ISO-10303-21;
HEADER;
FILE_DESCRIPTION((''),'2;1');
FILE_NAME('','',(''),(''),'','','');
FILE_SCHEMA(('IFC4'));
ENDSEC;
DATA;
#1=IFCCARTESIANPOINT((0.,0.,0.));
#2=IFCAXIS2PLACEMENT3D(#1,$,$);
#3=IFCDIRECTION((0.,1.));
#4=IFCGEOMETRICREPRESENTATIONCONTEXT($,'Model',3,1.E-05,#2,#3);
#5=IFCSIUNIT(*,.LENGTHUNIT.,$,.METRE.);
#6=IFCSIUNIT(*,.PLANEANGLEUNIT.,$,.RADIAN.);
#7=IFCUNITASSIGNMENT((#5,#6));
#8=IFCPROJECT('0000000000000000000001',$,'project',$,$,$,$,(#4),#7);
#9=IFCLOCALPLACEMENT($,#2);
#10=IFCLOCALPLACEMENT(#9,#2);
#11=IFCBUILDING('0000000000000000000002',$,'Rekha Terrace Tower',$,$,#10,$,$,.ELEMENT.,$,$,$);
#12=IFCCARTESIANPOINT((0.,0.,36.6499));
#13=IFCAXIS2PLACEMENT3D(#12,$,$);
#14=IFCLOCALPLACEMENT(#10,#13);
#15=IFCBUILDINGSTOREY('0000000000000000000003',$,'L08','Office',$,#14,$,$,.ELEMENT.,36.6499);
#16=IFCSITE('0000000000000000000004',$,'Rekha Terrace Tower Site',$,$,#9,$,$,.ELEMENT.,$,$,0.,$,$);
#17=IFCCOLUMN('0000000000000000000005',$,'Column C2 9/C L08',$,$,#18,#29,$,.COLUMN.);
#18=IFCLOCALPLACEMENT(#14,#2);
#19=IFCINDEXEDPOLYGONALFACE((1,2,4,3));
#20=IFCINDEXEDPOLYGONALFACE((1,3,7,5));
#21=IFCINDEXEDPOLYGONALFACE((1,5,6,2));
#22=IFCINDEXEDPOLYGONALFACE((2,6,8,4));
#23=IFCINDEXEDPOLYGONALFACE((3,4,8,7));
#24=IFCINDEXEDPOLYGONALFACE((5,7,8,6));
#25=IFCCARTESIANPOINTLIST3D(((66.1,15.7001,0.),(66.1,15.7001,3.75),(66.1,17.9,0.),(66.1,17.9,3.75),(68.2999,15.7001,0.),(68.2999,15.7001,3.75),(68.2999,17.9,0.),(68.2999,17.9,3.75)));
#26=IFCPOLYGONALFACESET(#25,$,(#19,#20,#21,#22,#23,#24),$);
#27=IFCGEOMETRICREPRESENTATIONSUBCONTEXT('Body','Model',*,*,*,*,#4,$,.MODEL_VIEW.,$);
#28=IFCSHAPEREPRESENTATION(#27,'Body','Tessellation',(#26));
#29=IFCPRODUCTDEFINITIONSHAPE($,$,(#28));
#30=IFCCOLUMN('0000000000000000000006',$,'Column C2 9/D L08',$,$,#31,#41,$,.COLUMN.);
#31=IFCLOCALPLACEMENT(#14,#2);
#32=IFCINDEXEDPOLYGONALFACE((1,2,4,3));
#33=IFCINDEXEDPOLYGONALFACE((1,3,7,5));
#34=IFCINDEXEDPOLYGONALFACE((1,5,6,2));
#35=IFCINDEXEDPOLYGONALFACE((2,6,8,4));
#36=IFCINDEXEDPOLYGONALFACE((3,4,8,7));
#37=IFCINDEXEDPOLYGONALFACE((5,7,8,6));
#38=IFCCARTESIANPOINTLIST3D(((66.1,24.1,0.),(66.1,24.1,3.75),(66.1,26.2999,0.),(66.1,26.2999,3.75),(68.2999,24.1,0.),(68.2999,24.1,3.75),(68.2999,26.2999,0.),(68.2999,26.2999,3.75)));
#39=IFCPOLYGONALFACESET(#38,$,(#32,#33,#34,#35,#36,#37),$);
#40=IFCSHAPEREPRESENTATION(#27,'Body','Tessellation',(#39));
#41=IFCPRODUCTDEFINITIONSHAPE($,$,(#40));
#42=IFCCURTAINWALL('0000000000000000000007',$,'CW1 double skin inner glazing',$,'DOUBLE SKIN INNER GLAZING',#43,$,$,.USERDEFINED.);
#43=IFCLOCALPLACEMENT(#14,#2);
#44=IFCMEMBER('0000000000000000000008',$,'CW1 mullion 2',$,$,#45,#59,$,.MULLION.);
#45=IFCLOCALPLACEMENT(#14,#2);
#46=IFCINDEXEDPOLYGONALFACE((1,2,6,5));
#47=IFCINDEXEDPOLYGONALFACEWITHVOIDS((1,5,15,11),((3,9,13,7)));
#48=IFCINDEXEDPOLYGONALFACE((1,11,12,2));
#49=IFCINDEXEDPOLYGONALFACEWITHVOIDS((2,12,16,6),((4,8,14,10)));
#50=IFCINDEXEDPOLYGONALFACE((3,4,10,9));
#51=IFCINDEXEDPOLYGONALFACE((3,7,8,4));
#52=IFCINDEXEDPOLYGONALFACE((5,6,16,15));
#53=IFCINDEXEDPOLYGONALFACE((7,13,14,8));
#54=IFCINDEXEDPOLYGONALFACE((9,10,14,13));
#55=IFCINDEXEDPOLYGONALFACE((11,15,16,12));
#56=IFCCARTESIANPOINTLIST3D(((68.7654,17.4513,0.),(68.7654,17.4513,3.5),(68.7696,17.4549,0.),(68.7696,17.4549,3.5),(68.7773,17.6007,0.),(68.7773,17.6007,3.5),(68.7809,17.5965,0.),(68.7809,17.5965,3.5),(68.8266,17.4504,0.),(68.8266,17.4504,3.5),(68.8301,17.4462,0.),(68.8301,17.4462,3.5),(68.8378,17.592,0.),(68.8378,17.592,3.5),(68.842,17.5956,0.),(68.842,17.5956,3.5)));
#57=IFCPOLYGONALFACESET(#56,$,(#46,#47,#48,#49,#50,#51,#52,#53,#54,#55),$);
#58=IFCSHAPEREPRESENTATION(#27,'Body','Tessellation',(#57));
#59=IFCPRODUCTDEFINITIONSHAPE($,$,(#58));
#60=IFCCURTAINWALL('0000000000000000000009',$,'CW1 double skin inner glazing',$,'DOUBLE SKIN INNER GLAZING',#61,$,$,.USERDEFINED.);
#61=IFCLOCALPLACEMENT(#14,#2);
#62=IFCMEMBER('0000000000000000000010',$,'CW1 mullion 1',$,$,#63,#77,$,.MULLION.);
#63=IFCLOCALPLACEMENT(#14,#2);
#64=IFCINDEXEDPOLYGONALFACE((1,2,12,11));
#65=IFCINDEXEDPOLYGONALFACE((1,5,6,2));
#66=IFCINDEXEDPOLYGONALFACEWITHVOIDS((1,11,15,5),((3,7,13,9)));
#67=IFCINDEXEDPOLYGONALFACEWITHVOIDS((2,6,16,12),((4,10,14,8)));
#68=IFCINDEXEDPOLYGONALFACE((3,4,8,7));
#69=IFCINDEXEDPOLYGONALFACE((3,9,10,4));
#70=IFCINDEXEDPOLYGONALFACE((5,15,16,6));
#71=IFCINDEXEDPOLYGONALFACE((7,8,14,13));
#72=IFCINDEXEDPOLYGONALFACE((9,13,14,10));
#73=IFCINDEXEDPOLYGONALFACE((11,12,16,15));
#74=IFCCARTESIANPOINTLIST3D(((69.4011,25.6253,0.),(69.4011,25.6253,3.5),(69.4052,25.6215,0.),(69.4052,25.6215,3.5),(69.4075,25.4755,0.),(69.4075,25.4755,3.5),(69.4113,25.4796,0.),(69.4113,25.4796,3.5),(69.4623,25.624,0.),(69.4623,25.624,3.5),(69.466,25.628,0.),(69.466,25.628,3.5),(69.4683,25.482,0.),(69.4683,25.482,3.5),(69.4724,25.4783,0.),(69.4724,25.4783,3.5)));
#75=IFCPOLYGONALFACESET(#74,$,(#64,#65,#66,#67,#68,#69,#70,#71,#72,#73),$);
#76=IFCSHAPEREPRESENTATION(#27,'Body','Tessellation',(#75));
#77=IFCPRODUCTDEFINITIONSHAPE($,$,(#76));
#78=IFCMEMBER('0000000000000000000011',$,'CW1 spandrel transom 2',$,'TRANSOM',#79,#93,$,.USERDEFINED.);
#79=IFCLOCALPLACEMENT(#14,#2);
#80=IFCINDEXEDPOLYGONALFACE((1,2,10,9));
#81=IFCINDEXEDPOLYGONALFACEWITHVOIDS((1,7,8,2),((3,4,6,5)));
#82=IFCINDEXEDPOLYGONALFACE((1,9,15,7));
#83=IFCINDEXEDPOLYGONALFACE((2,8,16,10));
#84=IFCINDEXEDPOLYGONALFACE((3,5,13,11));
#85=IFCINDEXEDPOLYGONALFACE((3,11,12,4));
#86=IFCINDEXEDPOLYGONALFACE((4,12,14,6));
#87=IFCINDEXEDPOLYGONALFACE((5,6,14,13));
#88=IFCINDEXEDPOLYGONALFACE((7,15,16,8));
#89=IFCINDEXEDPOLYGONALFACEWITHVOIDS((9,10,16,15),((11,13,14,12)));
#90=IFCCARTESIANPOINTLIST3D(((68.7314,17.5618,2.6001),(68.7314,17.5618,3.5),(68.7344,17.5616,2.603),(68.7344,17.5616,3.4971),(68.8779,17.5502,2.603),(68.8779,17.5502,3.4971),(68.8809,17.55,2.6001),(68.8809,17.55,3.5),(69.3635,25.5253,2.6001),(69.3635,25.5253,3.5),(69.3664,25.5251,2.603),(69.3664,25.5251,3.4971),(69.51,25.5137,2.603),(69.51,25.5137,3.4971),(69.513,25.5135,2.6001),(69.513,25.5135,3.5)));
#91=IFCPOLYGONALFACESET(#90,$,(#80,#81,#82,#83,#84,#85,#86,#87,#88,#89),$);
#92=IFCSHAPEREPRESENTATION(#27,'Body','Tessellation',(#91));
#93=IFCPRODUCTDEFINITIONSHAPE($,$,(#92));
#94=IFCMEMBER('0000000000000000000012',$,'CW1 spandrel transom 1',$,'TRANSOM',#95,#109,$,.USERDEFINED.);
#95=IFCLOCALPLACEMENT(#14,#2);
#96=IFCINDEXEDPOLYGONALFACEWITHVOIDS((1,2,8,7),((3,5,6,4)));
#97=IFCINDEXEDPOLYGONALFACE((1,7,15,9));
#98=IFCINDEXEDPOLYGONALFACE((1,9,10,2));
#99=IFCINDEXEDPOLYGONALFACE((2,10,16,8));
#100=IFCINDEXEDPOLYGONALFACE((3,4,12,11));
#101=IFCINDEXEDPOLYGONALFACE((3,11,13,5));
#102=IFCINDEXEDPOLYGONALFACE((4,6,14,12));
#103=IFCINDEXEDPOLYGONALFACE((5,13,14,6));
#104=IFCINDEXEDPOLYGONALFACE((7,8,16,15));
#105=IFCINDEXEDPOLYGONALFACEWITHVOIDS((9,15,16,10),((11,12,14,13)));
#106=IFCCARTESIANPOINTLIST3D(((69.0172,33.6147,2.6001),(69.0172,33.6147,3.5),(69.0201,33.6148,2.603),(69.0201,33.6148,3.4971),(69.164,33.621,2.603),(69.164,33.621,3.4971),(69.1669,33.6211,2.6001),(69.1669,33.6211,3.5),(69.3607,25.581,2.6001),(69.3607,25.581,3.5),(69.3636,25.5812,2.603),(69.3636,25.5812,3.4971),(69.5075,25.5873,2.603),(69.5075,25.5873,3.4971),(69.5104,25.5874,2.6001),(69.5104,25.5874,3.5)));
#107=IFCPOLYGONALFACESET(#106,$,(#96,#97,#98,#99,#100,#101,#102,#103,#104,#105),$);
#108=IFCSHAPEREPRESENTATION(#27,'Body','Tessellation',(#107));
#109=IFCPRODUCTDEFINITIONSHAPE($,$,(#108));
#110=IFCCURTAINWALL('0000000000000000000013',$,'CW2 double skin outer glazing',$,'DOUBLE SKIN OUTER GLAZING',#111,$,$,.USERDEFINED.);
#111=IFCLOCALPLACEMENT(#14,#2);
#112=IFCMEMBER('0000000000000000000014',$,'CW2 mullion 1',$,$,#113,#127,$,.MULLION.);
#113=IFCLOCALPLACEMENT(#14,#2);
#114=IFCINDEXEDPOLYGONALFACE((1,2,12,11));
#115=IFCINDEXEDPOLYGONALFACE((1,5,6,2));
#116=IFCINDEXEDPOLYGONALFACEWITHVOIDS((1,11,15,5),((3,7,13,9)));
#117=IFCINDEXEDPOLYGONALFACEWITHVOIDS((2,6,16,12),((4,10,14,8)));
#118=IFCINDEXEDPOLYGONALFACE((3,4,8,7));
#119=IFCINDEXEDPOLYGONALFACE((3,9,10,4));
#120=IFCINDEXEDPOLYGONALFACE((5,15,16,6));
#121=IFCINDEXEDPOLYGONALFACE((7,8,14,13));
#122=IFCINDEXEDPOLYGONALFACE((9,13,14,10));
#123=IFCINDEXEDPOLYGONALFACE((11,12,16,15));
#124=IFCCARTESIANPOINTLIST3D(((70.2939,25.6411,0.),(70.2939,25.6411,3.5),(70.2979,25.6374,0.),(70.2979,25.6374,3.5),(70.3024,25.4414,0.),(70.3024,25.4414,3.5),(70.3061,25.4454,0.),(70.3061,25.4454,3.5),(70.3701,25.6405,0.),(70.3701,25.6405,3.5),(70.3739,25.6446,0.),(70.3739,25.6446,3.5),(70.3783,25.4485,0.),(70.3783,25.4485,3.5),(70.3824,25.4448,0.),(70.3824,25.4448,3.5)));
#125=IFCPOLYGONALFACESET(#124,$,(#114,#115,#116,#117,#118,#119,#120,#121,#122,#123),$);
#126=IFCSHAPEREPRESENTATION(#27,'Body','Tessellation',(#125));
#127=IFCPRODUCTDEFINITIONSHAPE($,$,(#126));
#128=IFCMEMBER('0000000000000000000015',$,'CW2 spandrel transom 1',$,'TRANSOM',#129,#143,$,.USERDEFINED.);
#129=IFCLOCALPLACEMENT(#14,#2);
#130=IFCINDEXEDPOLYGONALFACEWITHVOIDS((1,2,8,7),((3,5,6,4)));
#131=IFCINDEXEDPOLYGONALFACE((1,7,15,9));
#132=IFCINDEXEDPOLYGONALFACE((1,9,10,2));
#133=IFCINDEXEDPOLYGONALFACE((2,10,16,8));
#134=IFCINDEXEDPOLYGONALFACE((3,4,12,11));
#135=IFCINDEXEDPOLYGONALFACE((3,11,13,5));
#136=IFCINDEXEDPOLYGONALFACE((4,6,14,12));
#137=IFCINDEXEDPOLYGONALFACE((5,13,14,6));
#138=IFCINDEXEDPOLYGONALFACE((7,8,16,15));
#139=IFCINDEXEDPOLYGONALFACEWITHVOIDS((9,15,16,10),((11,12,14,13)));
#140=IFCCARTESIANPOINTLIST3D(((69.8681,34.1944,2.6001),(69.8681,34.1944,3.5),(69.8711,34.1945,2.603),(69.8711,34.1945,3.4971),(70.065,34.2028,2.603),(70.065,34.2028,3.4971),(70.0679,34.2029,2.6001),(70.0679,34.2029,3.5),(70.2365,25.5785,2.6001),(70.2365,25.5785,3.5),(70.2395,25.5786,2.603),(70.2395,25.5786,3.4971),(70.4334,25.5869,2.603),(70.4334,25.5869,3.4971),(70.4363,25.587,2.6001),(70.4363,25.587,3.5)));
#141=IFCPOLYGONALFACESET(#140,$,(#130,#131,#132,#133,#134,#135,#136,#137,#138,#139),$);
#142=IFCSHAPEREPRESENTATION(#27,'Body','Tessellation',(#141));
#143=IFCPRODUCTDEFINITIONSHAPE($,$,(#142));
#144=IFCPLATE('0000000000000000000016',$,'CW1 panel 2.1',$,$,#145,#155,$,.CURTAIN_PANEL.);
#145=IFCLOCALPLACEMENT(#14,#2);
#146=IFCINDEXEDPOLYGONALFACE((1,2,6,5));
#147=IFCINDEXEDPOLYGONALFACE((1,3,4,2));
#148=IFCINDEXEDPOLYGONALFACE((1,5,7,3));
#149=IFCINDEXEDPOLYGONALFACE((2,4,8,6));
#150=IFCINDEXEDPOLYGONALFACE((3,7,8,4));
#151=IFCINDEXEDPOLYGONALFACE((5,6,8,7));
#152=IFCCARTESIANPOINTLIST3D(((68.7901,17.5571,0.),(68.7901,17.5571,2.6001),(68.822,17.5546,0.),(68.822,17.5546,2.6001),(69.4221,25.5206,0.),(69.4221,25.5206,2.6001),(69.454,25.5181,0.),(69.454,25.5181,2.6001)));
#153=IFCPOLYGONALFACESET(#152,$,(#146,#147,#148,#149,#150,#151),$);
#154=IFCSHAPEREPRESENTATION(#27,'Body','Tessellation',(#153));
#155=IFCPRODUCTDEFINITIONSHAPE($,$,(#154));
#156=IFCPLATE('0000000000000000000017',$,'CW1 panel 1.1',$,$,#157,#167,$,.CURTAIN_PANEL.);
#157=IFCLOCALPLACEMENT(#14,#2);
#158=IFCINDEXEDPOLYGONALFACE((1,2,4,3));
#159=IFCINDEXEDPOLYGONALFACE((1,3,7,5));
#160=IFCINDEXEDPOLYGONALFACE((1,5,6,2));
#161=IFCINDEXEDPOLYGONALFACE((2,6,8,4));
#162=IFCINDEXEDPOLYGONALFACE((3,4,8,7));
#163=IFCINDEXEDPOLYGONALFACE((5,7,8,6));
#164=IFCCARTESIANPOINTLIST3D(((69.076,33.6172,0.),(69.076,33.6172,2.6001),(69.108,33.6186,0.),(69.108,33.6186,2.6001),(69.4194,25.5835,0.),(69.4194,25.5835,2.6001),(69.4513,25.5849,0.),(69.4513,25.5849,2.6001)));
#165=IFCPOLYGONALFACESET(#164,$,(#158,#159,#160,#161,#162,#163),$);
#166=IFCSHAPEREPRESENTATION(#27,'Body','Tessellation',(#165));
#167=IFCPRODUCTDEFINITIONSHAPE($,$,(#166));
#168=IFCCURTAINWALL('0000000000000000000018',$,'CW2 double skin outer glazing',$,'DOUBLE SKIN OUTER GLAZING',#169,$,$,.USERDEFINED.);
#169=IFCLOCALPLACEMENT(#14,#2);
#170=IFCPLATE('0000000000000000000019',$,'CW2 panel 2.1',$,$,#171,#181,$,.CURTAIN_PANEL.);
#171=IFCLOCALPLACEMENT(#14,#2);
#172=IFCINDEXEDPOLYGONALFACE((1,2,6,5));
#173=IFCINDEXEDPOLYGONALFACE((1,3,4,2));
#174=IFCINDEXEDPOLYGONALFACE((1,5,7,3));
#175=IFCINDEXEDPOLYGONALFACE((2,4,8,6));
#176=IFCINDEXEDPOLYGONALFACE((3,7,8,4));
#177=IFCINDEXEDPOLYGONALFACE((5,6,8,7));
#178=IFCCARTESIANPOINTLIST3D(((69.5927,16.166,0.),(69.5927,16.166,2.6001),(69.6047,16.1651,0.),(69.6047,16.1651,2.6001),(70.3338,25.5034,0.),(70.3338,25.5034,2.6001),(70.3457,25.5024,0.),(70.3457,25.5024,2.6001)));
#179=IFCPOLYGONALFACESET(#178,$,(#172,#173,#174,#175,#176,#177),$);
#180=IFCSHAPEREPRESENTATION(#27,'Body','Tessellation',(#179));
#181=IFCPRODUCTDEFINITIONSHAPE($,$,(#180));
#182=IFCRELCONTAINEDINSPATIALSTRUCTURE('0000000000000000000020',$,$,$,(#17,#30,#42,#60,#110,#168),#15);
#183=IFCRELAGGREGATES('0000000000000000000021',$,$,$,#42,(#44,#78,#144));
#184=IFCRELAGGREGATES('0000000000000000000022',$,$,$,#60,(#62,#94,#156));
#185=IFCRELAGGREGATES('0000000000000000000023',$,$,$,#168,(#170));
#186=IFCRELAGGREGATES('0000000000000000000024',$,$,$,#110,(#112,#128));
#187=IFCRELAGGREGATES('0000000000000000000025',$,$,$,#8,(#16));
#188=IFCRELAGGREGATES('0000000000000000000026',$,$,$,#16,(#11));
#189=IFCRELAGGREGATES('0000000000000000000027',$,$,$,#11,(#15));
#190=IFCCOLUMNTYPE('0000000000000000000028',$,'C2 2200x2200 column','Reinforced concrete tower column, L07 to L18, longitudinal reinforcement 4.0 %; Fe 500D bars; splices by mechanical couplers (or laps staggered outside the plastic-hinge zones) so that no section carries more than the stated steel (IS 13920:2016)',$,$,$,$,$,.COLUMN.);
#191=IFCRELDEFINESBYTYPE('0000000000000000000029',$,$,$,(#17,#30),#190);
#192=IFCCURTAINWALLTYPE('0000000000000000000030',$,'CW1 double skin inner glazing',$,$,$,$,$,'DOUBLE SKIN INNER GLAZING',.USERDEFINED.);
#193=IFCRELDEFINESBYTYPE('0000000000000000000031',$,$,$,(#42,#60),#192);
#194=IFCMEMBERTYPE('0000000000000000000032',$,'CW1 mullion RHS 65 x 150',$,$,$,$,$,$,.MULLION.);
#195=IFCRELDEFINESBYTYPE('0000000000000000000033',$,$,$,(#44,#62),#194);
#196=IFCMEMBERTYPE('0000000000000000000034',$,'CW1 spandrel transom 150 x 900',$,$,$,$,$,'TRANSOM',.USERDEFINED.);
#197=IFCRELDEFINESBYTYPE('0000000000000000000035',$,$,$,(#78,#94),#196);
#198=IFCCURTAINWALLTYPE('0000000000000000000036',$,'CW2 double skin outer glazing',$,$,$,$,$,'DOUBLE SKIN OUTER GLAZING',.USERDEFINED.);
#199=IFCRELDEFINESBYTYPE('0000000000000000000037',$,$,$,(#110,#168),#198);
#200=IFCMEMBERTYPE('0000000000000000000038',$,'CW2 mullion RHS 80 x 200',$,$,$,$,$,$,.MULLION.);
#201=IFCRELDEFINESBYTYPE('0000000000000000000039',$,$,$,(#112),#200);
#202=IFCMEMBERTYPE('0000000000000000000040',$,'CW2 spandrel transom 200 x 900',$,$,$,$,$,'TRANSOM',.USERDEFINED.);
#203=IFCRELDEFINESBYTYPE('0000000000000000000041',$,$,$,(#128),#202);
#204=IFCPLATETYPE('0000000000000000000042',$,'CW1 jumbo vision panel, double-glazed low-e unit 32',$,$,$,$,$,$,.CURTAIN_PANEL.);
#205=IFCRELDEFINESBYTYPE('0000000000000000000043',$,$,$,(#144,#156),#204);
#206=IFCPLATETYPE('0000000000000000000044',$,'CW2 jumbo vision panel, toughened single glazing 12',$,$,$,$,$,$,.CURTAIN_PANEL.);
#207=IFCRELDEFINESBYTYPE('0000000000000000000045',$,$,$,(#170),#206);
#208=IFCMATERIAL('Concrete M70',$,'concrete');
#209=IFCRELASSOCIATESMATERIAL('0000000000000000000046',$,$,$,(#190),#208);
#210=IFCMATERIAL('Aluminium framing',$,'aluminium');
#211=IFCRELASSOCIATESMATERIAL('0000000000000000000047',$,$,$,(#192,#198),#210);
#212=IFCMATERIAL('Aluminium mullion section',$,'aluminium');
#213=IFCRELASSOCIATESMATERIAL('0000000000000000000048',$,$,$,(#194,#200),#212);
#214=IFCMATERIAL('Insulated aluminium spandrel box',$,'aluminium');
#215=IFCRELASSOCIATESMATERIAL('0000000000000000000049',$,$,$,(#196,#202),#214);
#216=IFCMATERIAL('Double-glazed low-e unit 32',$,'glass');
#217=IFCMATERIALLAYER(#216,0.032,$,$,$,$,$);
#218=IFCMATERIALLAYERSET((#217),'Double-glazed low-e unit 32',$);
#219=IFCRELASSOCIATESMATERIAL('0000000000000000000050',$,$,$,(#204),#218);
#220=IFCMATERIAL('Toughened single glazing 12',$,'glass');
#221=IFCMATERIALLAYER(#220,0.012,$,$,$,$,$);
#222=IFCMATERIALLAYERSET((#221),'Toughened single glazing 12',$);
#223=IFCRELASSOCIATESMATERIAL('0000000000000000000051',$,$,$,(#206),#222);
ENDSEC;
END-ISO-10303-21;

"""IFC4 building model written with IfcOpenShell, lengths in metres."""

from ifc_helpers import new_model, si_unit, direction, frame, origin, origin_2d, place, context, subcontext, project, spatial, rectangle, hollow_rectangle, extrude, material, layer, layer_set, material_profile, profile_set, type_object, element, aggregate, save


model = new_model("IFC4")

# Units and contexts
model_context = context("Model", 3, precision=1e-05, world=origin(), true_north=direction((0.0, 1.0)))
body_context = subcontext(model_context, "Body", "Model", "MODEL_VIEW")
ifc_project = project(units=[si_unit("LENGTHUNIT", "METRE"), si_unit("PLANEANGLEUNIT", "RADIAN")], contexts=[model_context])

# Site, building, storey
site_placement = place(None, origin())
site = spatial("IfcSite", under=ifc_project, at=site_placement, Name="Rekha Terrace Tower Site", CompositionType="ELEMENT", RefElevation=0.0)
building_placement = place(site_placement, origin())
building = spatial("IfcBuilding", under=site, at=building_placement, Name="Rekha Terrace Tower", CompositionType="ELEMENT")
storey_placement = place(building_placement, frame((0.0, 0.0, 36.6499)))
storey = spatial("IfcBuildingStorey", under=building, at=storey_placement, Name="L08", Description="Office", CompositionType="ELEMENT", Elevation=36.6499)

# Columns
ifc_material_1 = material(Name="Concrete M70", Category="concrete")
ifc_material_profile_1 = material_profile(ifc_material_1, rectangle(XDim=2.2, YDim=2.2, at=origin_2d()), Name="RC 2200x2200")
ifc_profile_set_1 = profile_set([ifc_material_profile_1], Name="Concrete M70")
column_type = type_object("IfcColumnType", Name="C2 2200x2200 column", Description="Reinforced concrete tower column, L07 to L18, longitudinal reinforcement 4.0 %; Fe 500D bars; splices by mechanical couplers (or laps staggered outside the plastic-hinge zones) so that no section carries more than the stated steel (IS 13920:2016)", PredefinedType="COLUMN", material=ifc_profile_set_1)
for number, where, z_axis, x_axis, name in (
    (1, (67.2, 16.8, 0.0), (0.0, 0.0, 1.0), (1.0, 0.0, 0.0), "Column C2 9/C L08"),
    (2, (67.2, 25.2, 0.0), (0.0, 0.0, 1.0), (1.0, 0.0, 0.0), "Column C2 9/D L08"),
):
    element("IfcColumn", number, at=place(storey_placement, frame(where, z_axis=z_axis, x_axis=x_axis)), inside=storey, type_object=column_type, Name=name, PredefinedType="COLUMN", context=body_context, shape_type="SweptSolid", body=[
        extrude(rectangle(XDim=2.2, YDim=2.2, at=origin_2d()), origin(), (0.0, 0.0, 1.0), 3.75),
    ])

# Curtain walls, members
ifc_material_2 = material(Name="Aluminium framing", Category="aluminium")
curtain_wall_type_1 = type_object("IfcCurtainWallType", Name="CW1 double skin inner glazing", ElementType="DOUBLE SKIN INNER GLAZING", PredefinedType="USERDEFINED", material=ifc_material_2)
curtain_wall_1_placement = place(storey_placement, origin())
curtain_wall_1 = element("IfcCurtainWall", 3, at=curtain_wall_1_placement, inside=storey, type_object=curtain_wall_type_1, Name="CW1 double skin inner glazing", ObjectType="DOUBLE SKIN INNER GLAZING", PredefinedType="USERDEFINED")
ifc_material_3 = material(Name="Aluminium mullion section", Category="aluminium")
ifc_material_profile_2 = material_profile(ifc_material_3, hollow_rectangle(XDim=0.0649, YDim=0.1499, WallThickness=0.0039, at=origin_2d()), Name="AL RHS 65x150")
ifc_profile_set_2 = profile_set([ifc_material_profile_2], Name="Aluminium mullion section")
member_type_1 = type_object("IfcMemberType", Name="CW1 mullion RHS 65 x 150", PredefinedType="MULLION", material=ifc_profile_set_2)
member_1_placement = place(storey_placement, frame((68.8037, 17.5234, 0.0), z_axis=(0.0, 0.0, 1.0), x_axis=(-0.996865, 0.079116, 0.0)))
member_1 = element("IfcMember", 4, at=member_1_placement, type_object=member_type_1, Name="CW1 mullion 2", PredefinedType="MULLION", context=body_context, shape_type="SweptSolid", body=[
    extrude(hollow_rectangle(XDim=0.0649, YDim=0.1499, WallThickness=0.0039, at=origin_2d()), origin(), (0.0, 0.0, 1.0), 3.5),
])
curtain_wall_2_placement = place(storey_placement, origin())
curtain_wall_2 = element("IfcCurtainWall", 5, at=curtain_wall_2_placement, inside=storey, type_object=curtain_wall_type_1, Name="CW1 double skin inner glazing", ObjectType="DOUBLE SKIN INNER GLAZING", PredefinedType="USERDEFINED")
member_2_placement = place(storey_placement, frame((69.4368, 25.5518, 0.0), z_axis=(0.0, 0.0, 1.0), x_axis=(-0.999088, -0.042696, 0.0)))
member_2 = element("IfcMember", 6, at=member_2_placement, type_object=member_type_1, Name="CW1 mullion 1", PredefinedType="MULLION", context=body_context, shape_type="SweptSolid", body=[
    extrude(hollow_rectangle(XDim=0.0649, YDim=0.1499, WallThickness=0.0039, at=origin_2d()), origin(), (0.0, 0.0, 1.0), 3.5),
])

# Members
ifc_material_4 = material(Name="Insulated aluminium spandrel box", Category="aluminium")
ifc_material_profile_3 = material_profile(ifc_material_4, hollow_rectangle(XDim=0.1499, YDim=0.8999, WallThickness=0.0029, at=origin_2d()), Name="AL SPANDREL BOX 150x900")
ifc_profile_set_3 = profile_set([ifc_material_profile_3], Name="Insulated aluminium spandrel box")
member_type_2 = type_object("IfcMemberType", Name="CW1 spandrel transom 150 x 900", ElementType="TRANSOM", PredefinedType="USERDEFINED", material=ifc_profile_set_3)
member_3_placement = place(storey_placement, frame((68.8062, 17.5559, 3.05), z_axis=(0.079124, 0.996865, 0.0), x_axis=(-0.996865, 0.079124, 0.0)))
member_3 = element("IfcMember", 7, at=member_3_placement, type_object=member_type_2, Name="CW1 spandrel transom 2", ObjectType="TRANSOM", PredefinedType="USERDEFINED", context=body_context, shape_type="SweptSolid", body=[
    extrude(hollow_rectangle(XDim=0.1499, YDim=0.8999, WallThickness=0.0029, at=origin_2d()), origin(), (0.0, 0.0, 1.0), 7.9885),
])
member_4_placement = place(storey_placement, frame((69.4355, 25.5842, 3.05), z_axis=(-0.042719, 0.999087, 0.0), x_axis=(-0.999087, -0.042719, 0.0)))
member_4 = element("IfcMember", 8, at=member_4_placement, type_object=member_type_2, Name="CW1 spandrel transom 1", ObjectType="TRANSOM", PredefinedType="USERDEFINED", context=body_context, shape_type="SweptSolid", body=[
    extrude(hollow_rectangle(XDim=0.1499, YDim=0.8999, WallThickness=0.0029, at=origin_2d()), origin(), (0.0, 0.0, 1.0), 8.041),
])

# Curtain wall, members
curtain_wall_type_2 = type_object("IfcCurtainWallType", Name="CW2 double skin outer glazing", ElementType="DOUBLE SKIN OUTER GLAZING", PredefinedType="USERDEFINED", material=ifc_material_2)
curtain_wall_3_placement = place(storey_placement, origin())
curtain_wall_3 = element("IfcCurtainWall", 9, at=curtain_wall_3_placement, inside=storey, type_object=curtain_wall_type_2, Name="CW2 double skin outer glazing", ObjectType="DOUBLE SKIN OUTER GLAZING", PredefinedType="USERDEFINED")
ifc_material_profile_4 = material_profile(ifc_material_3, hollow_rectangle(XDim=0.0801, YDim=0.2, WallThickness=0.0039, at=origin_2d()), Name="AL RHS 80x200")
ifc_profile_set_4 = profile_set([ifc_material_profile_4], Name="Aluminium mullion section")
member_type_3 = type_object("IfcMemberType", Name="CW2 mullion RHS 80 x 200", PredefinedType="MULLION", material=ifc_profile_set_4)
member_5_placement = place(storey_placement, frame((70.3381, 25.543, 0.0), z_axis=(0.0, 0.0, 1.0), x_axis=(-0.999088, -0.042696, 0.0)))
member_5 = element("IfcMember", 10, at=member_5_placement, type_object=member_type_3, Name="CW2 mullion 1", PredefinedType="MULLION", context=body_context, shape_type="SweptSolid", body=[
    extrude(hollow_rectangle(XDim=0.0801, YDim=0.2, WallThickness=0.0039, at=origin_2d()), origin(), (0.0, 0.0, 1.0), 3.5),
])
ifc_material_profile_5 = material_profile(ifc_material_4, hollow_rectangle(XDim=0.2, YDim=0.8999, WallThickness=0.0029, at=origin_2d()), Name="AL SPANDREL BOX 200x900")
ifc_profile_set_5 = profile_set([ifc_material_profile_5], Name="Insulated aluminium spandrel box")
member_type_4 = type_object("IfcMemberType", Name="CW2 spandrel transom 200 x 900", ElementType="TRANSOM", PredefinedType="USERDEFINED", material=ifc_profile_set_5)
member_6_placement = place(storey_placement, frame((70.3364, 25.5828, 3.05), z_axis=(-0.04272, 0.999087, 0.0), x_axis=(-0.999087, -0.04272, 0.0)))
member_6 = element("IfcMember", 11, at=member_6_placement, type_object=member_type_4, Name="CW2 spandrel transom 1", ObjectType="TRANSOM", PredefinedType="USERDEFINED", context=body_context, shape_type="SweptSolid", body=[
    extrude(hollow_rectangle(XDim=0.2, YDim=0.8999, WallThickness=0.0029, at=origin_2d()), origin(), (0.0, 0.0, 1.0), 8.6238),
])

# Plates
ifc_material_5 = material(Name="Double-glazed low-e unit 32", Category="glass")
ifc_layer_1 = layer(ifc_material_5, 0.032)
ifc_layer_set_1 = layer_set([ifc_layer_1], Name="Double-glazed low-e unit 32")
plate_type_1 = type_object("IfcPlateType", Name="CW1 jumbo vision panel, double-glazed low-e unit 32", PredefinedType="CURTAIN_PANEL", material=ifc_layer_set_1)
plate_1_placement = place(storey_placement, frame((69.1221, 21.5376, 0.0), z_axis=(0.0, 0.0, 1.0), x_axis=(0.079116, 0.996865, 0.0)))
plate_1 = element("IfcPlate", 12, at=plate_1_placement, type_object=plate_type_1, Name="CW1 panel 2.1", PredefinedType="CURTAIN_PANEL", context=body_context, shape_type="SweptSolid", body=[
    extrude(rectangle(XDim=7.9885, YDim=0.032, at=origin_2d()), origin(), (0.0, 0.0, 1.0), 2.6001),
])
aggregate(curtain_wall_1, [member_1, member_3, plate_1])
plate_2_placement = place(storey_placement, frame((69.2637, 29.6011, 0.0), z_axis=(0.0, 0.0, 1.0), x_axis=(-0.042696, 0.999088, 0.0)))
plate_2 = element("IfcPlate", 13, at=plate_2_placement, type_object=plate_type_1, Name="CW1 panel 1.1", PredefinedType="CURTAIN_PANEL", context=body_context, shape_type="SweptSolid", body=[
    extrude(rectangle(XDim=8.041, YDim=0.032, at=origin_2d()), origin(), (0.0, 0.0, 1.0), 2.6001),
])
aggregate(curtain_wall_2, [member_2, member_4, plate_2])

# Curtain wall, plate
curtain_wall_4_placement = place(storey_placement, origin())
curtain_wall_4 = element("IfcCurtainWall", 14, at=curtain_wall_4_placement, inside=storey, type_object=curtain_wall_type_2, Name="CW2 double skin outer glazing", ObjectType="DOUBLE SKIN OUTER GLAZING", PredefinedType="USERDEFINED")
ifc_material_6 = material(Name="Toughened single glazing 12", Category="glass")
ifc_layer_2 = layer(ifc_material_6, 0.012)
ifc_layer_set_2 = layer_set([ifc_layer_2], Name="Toughened single glazing 12")
plate_type_2 = type_object("IfcPlateType", Name="CW2 jumbo vision panel, toughened single glazing 12", PredefinedType="CURTAIN_PANEL", material=ifc_layer_set_2)
plate_3_placement = place(storey_placement, frame((69.9692, 20.8342, 0.0), z_axis=(0.0, 0.0, 1.0), x_axis=(0.079116, 0.996865, 0.0)))
plate_3 = element("IfcPlate", 15, at=plate_3_placement, type_object=plate_type_2, Name="CW2 panel 2.1", PredefinedType="CURTAIN_PANEL", context=body_context, shape_type="SweptSolid", body=[
    extrude(rectangle(XDim=9.3667, YDim=0.012, at=origin_2d()), origin(), (0.0, 0.0, 1.0), 2.6001),
])
aggregate(curtain_wall_4, [plate_3])

aggregate(curtain_wall_3, [member_5, member_6])

save(model, "model.ifc")
